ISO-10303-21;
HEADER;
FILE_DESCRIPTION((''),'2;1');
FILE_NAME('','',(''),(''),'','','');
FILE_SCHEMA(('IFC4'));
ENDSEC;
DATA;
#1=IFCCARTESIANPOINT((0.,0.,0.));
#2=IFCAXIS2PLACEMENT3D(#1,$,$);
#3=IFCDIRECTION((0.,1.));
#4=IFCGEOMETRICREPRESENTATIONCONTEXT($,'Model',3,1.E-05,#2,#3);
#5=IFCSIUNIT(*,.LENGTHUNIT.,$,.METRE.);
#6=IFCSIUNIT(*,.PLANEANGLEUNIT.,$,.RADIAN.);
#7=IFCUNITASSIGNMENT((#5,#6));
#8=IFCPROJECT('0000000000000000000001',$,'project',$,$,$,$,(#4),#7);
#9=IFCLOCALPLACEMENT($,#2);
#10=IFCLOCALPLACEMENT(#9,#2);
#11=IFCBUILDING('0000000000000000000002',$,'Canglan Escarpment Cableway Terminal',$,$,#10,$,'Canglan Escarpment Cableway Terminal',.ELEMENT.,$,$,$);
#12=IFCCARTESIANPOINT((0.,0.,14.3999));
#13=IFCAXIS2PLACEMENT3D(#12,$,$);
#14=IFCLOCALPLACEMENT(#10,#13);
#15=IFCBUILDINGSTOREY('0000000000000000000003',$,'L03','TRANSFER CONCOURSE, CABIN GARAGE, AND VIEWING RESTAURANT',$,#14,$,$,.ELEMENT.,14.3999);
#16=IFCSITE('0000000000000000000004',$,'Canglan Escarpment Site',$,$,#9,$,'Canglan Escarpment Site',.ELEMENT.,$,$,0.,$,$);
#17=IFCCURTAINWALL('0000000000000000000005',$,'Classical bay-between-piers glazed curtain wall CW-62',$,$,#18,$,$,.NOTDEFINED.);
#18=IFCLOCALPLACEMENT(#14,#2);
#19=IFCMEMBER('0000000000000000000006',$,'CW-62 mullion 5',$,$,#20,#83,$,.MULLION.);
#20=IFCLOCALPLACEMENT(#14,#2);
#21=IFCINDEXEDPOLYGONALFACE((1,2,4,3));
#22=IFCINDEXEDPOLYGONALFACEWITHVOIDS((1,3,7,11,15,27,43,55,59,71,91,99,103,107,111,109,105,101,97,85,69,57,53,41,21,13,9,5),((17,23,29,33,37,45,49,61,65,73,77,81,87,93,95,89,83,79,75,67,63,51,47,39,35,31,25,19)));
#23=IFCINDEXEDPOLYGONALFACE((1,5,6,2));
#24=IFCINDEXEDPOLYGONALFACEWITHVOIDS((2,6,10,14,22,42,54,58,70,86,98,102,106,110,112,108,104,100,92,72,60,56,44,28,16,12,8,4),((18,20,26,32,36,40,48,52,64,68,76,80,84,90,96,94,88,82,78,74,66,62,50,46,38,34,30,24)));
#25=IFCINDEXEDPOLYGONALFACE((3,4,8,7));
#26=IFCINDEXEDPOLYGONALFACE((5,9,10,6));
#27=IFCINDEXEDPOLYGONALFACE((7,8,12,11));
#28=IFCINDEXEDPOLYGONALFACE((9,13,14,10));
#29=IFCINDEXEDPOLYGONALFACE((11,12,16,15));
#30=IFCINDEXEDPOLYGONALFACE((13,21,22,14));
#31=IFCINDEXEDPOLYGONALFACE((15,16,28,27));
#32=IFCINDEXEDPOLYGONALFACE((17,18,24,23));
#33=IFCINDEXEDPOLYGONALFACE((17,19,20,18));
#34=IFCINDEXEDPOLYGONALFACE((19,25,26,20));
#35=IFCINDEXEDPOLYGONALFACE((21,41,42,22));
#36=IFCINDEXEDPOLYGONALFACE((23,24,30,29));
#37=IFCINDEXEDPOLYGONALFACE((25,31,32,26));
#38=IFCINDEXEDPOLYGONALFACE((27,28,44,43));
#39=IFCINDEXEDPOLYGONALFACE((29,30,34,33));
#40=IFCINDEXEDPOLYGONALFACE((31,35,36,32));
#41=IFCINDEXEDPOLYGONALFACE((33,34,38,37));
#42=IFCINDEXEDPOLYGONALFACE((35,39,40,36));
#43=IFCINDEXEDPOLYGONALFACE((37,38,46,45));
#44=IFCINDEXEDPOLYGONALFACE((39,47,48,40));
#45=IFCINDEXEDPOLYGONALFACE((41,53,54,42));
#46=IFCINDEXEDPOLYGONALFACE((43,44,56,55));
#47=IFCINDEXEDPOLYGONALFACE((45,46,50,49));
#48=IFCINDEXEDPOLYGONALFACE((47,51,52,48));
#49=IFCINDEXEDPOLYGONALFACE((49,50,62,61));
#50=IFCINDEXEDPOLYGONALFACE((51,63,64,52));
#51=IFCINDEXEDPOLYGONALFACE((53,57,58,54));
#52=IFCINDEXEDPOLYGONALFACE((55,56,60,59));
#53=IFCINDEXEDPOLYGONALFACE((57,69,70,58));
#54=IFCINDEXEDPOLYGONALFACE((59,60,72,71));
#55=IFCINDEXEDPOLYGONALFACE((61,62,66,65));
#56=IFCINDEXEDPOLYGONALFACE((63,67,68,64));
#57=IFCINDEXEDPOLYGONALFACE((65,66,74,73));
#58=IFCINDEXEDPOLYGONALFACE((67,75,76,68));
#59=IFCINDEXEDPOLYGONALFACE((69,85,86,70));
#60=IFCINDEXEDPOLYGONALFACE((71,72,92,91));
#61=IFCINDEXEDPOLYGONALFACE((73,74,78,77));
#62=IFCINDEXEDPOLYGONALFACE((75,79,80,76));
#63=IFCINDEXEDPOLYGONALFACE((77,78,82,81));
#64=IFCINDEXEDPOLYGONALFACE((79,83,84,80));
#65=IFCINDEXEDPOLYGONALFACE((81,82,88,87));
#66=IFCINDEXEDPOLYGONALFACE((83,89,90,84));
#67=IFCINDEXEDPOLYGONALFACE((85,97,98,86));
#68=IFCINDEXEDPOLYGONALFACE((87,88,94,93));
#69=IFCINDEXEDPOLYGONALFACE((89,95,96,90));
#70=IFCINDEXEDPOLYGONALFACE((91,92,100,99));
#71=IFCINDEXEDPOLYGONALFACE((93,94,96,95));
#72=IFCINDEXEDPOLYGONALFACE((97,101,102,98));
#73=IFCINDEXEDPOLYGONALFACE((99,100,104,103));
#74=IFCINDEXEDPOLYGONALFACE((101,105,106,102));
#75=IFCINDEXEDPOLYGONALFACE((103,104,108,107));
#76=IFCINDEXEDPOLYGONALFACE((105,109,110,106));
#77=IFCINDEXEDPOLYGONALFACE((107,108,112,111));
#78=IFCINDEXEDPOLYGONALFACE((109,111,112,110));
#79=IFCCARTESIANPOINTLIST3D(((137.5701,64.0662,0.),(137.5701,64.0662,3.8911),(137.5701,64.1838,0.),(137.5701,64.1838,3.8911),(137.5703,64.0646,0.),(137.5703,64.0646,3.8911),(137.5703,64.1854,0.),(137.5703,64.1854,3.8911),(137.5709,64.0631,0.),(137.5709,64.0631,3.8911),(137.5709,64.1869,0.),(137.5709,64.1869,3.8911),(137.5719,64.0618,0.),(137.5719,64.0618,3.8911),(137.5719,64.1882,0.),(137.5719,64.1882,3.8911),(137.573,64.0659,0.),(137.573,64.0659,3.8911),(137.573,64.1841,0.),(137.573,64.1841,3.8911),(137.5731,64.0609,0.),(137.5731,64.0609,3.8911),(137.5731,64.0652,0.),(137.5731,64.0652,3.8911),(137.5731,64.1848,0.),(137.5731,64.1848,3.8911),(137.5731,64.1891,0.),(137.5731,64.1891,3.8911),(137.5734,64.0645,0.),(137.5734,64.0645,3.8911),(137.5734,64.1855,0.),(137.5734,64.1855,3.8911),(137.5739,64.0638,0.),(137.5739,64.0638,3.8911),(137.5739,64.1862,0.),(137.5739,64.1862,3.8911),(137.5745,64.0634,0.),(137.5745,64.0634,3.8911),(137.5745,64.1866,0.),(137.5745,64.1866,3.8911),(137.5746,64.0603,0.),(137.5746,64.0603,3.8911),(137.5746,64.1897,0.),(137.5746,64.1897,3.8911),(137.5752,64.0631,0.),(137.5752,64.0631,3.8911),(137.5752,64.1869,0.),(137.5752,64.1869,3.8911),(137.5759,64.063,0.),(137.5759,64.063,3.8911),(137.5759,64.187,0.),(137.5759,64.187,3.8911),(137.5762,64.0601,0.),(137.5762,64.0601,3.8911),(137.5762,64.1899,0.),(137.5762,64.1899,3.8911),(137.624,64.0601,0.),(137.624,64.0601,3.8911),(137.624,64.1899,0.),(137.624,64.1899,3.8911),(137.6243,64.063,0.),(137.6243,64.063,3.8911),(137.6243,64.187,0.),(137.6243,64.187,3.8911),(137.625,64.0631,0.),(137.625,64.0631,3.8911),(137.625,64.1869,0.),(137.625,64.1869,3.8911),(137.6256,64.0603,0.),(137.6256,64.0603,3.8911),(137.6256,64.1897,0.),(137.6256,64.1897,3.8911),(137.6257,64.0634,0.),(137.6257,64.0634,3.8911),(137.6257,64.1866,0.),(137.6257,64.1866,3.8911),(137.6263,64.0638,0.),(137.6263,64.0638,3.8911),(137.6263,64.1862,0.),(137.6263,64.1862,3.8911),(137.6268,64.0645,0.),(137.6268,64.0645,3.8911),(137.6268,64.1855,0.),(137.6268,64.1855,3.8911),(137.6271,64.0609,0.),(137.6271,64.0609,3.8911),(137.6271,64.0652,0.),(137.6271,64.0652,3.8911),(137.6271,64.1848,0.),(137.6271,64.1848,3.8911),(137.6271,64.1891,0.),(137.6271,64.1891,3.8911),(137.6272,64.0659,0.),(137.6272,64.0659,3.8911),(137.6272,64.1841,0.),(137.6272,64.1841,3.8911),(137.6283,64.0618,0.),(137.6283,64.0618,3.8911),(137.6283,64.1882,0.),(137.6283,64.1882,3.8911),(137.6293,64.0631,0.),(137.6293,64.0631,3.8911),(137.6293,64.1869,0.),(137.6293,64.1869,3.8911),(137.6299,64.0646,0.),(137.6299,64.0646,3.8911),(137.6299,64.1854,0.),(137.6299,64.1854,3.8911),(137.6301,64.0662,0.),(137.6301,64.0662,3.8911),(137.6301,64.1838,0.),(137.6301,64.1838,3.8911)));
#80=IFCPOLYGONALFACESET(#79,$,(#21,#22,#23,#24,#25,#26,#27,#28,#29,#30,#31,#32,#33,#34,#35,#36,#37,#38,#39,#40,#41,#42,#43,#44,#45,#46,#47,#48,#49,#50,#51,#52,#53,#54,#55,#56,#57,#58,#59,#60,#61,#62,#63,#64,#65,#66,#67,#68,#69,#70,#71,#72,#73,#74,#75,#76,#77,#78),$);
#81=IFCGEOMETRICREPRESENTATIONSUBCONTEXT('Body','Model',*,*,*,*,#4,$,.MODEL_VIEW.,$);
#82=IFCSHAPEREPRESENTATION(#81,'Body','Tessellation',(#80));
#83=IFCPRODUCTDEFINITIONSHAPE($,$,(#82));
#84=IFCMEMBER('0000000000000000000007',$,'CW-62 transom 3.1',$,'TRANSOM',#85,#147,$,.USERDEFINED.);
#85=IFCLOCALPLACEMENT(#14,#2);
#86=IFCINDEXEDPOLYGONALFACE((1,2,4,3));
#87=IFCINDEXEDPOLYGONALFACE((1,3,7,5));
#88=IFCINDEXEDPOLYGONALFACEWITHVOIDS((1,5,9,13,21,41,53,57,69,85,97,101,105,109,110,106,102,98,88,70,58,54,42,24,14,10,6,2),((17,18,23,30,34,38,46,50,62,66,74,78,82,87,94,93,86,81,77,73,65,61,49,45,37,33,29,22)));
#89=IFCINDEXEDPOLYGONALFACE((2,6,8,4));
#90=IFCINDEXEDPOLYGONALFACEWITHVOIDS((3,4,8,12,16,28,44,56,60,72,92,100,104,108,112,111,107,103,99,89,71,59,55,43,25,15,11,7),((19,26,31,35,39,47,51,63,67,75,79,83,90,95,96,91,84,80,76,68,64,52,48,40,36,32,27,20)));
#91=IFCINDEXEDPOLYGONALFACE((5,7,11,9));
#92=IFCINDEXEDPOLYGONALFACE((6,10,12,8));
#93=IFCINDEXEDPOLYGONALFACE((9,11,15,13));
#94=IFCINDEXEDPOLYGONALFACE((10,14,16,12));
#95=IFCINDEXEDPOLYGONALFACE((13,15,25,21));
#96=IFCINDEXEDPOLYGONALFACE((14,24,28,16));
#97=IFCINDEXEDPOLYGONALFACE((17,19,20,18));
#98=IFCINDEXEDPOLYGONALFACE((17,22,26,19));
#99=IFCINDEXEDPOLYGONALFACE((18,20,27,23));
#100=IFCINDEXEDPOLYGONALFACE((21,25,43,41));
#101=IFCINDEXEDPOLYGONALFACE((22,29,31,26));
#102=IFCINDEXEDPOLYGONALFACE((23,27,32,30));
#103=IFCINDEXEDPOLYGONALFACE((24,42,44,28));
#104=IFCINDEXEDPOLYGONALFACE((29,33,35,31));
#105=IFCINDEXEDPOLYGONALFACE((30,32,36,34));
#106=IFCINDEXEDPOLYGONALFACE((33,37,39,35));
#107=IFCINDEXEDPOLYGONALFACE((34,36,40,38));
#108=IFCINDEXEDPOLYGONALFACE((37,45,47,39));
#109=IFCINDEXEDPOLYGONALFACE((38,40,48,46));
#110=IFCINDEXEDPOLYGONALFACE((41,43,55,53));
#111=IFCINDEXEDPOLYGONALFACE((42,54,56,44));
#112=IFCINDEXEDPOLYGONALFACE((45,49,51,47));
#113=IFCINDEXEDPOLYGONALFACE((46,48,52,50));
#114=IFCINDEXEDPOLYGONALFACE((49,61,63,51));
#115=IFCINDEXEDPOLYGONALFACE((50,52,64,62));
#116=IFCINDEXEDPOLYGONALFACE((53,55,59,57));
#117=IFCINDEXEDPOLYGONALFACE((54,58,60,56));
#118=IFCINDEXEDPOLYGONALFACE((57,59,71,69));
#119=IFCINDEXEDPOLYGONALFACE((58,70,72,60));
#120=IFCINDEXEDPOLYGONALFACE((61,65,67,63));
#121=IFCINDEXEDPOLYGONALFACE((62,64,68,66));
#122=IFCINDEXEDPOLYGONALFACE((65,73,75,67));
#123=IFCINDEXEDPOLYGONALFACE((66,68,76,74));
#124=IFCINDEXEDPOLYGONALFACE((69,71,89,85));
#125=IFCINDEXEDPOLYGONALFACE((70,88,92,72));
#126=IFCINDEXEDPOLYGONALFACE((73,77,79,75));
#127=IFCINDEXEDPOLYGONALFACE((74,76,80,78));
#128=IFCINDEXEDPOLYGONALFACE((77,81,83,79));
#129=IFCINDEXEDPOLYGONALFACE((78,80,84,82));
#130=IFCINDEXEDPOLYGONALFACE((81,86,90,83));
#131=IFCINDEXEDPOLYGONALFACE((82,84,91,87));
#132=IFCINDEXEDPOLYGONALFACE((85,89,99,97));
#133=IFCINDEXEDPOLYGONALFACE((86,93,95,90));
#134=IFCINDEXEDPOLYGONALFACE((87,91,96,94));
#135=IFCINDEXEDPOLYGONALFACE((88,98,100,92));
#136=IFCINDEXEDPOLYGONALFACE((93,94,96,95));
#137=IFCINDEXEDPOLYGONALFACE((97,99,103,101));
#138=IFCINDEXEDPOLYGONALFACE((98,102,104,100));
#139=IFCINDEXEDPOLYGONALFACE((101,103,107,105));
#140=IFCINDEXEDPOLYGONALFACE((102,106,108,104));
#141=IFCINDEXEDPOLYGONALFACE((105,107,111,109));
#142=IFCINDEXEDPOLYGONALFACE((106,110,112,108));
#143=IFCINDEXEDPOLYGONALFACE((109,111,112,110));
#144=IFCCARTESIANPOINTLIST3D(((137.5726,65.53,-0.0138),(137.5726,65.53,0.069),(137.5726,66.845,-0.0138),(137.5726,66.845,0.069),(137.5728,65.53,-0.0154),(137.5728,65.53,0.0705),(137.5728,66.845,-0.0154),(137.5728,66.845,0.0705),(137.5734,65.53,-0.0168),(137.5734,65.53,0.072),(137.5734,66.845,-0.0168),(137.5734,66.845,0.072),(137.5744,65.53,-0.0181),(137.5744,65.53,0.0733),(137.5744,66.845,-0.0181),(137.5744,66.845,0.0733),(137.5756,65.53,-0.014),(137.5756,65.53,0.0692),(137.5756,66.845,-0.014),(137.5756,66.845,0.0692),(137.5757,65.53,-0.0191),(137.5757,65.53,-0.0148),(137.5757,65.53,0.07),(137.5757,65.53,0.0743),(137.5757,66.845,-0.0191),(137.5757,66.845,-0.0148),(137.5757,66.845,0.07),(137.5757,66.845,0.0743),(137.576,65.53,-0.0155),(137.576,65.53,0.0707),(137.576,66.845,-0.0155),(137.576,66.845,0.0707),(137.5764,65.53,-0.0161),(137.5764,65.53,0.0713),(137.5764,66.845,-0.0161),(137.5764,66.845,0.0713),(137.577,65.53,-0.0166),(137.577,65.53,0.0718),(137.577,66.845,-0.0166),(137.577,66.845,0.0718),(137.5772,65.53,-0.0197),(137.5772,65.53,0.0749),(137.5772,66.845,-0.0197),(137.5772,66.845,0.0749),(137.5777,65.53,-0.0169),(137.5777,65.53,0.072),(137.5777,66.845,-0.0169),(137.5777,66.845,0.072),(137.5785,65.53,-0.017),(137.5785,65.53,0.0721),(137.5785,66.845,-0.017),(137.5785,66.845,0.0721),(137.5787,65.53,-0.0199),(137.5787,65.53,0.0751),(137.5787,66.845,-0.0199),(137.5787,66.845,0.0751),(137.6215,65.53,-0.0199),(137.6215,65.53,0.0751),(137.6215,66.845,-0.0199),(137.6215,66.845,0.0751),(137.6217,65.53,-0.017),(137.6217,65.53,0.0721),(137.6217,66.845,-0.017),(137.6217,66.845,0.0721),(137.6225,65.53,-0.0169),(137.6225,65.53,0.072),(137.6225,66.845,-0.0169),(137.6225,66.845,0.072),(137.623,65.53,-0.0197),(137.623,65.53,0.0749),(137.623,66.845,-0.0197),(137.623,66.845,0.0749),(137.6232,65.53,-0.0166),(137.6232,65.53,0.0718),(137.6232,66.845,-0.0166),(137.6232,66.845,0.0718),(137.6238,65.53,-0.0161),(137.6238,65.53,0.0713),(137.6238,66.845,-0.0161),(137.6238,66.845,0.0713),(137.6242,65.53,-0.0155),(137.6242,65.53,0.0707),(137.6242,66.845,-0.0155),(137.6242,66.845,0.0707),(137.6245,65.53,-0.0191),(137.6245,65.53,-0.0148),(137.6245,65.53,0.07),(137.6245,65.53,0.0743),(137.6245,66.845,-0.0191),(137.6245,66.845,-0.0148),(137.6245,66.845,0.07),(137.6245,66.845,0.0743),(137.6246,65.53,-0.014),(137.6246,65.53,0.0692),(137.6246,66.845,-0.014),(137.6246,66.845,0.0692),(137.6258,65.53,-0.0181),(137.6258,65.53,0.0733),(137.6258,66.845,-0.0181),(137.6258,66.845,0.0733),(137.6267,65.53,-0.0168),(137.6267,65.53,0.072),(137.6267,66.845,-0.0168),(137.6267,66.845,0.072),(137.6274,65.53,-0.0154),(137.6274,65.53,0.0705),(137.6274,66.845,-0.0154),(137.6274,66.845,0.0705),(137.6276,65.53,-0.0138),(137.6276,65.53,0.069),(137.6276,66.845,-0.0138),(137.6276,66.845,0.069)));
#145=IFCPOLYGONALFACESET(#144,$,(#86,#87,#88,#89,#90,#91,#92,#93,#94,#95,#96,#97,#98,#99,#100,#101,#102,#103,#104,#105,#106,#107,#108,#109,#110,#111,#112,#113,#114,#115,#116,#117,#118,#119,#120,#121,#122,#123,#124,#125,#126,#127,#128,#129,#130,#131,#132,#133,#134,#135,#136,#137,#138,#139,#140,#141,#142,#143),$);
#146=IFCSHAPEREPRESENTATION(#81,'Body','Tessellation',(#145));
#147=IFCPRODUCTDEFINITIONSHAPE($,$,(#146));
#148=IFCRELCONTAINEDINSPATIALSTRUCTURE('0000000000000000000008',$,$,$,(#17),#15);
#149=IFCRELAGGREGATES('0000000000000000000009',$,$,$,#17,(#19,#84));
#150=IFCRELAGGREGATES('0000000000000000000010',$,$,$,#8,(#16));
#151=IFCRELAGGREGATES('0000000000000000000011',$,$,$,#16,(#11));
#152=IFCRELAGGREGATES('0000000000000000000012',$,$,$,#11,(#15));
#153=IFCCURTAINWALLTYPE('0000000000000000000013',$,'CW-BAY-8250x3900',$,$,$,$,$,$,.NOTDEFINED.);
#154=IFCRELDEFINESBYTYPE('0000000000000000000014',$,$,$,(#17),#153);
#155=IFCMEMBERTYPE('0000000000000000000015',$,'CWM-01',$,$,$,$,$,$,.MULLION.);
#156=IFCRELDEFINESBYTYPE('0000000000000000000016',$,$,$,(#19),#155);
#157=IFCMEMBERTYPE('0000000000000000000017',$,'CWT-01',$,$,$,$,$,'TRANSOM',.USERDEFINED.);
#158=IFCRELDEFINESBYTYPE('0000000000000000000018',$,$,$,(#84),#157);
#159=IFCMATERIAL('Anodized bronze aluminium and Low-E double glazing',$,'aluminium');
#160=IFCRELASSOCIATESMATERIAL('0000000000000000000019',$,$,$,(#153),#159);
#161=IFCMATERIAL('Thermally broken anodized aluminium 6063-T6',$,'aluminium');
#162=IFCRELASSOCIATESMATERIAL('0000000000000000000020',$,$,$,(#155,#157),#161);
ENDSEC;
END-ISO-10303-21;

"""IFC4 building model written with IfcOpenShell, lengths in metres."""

from ifc_helpers import new_model, si_unit, direction, frame, origin, origin_2d, place, context, subcontext, project, spatial, hollow_rectangle, extrude, material, material_profile, profile_set, type_object, element, aggregate, save


model = new_model("IFC4")

# Units and contexts
model_context = context("Model", 3, precision=1e-05, world=origin(), true_north=direction((0.0, 1.0)))
body_context = subcontext(model_context, "Body", "Model", "MODEL_VIEW")
ifc_project = project(units=[si_unit("LENGTHUNIT", "METRE"), si_unit("PLANEANGLEUNIT", "RADIAN")], contexts=[model_context])

# Site, building, storey
site_placement = place(None, origin())
site = spatial("IfcSite", under=ifc_project, at=site_placement, Name="Canglan Escarpment Site", LongName="Canglan Escarpment Site", CompositionType="ELEMENT", RefElevation=0.0)
building_placement = place(site_placement, origin())
building = spatial("IfcBuilding", under=site, at=building_placement, Name="Canglan Escarpment Cableway Terminal", LongName="Canglan Escarpment Cableway Terminal", CompositionType="ELEMENT")
storey_placement = place(building_placement, frame((0.0, 0.0, 14.3999)))
storey = spatial("IfcBuildingStorey", under=building, at=storey_placement, Name="L03", Description="TRANSFER CONCOURSE, CABIN GARAGE, AND VIEWING RESTAURANT", CompositionType="ELEMENT", Elevation=14.3999)

# Curtain wall, members
ifc_material_1 = material(Name="Anodized bronze aluminium and Low-E double glazing", Category="aluminium")
curtain_wall_type = type_object("IfcCurtainWallType", Name="CW-BAY-8250x3900", PredefinedType="NOTDEFINED", material=ifc_material_1)
curtain_wall_placement = place(storey_placement, origin())
curtain_wall = element("IfcCurtainWall", 1, at=curtain_wall_placement, inside=storey, type_object=curtain_wall_type, Name="Classical bay-between-piers glazed curtain wall CW-62", PredefinedType="NOTDEFINED")
ifc_material_2 = material(Name="Thermally broken anodized aluminium 6063-T6", Category="aluminium")
ifc_material_profile_1 = material_profile(ifc_material_2, hollow_rectangle(XDim=0.0601, YDim=0.1299, WallThickness=0.0029, InnerFilletRadius=0.0029, OuterFilletRadius=0.0061, at=origin_2d()), Name="ALU-MULL 60x130x3")
ifc_profile_set_1 = profile_set([ifc_material_profile_1], Name="Thermally broken anodized aluminium 6063-T6")
member_type_1 = type_object("IfcMemberType", Name="CWM-01", PredefinedType="MULLION", material=ifc_profile_set_1)
member_1_placement = place(storey_placement, frame((137.6001, 64.125, 0.0), z_axis=(0.0, 0.0, 1.0), x_axis=(1.0, 0.0, 0.0)))
member_1 = element("IfcMember", 2, at=member_1_placement, type_object=member_type_1, Name="CW-62 mullion 5", PredefinedType="MULLION", context=body_context, shape_type="SweptSolid", body=[
    extrude(hollow_rectangle(XDim=0.0601, YDim=0.1299, WallThickness=0.0029, InnerFilletRadius=0.0029, OuterFilletRadius=0.0061, at=origin_2d()), origin(), (0.0, 0.0, 1.0), 3.8911),
])
ifc_material_profile_2 = material_profile(ifc_material_2, hollow_rectangle(XDim=0.0549, YDim=0.095, WallThickness=0.0029, InnerFilletRadius=0.0029, OuterFilletRadius=0.0061, at=origin_2d()), Name="ALU-TRAN 55x95x3")
ifc_profile_set_2 = profile_set([ifc_material_profile_2], Name="Thermally broken anodized aluminium 6063-T6")
member_type_2 = type_object("IfcMemberType", Name="CWT-01", ElementType="TRANSOM", PredefinedType="USERDEFINED", material=ifc_profile_set_2)
member_2_placement = place(storey_placement, frame((137.6001, 66.845, 0.0276), z_axis=(0.0, -1.0, 0.0), x_axis=(1.0, 0.0, 0.0)))
member_2 = element("IfcMember", 3, at=member_2_placement, type_object=member_type_2, Name="CW-62 transom 3.1", ObjectType="TRANSOM", PredefinedType="USERDEFINED", context=body_context, shape_type="SweptSolid", body=[
    extrude(hollow_rectangle(XDim=0.0549, YDim=0.095, WallThickness=0.0029, InnerFilletRadius=0.0029, OuterFilletRadius=0.0061, at=origin_2d()), origin(), (0.0, 0.0, 1.0), 1.3149),
])
aggregate(curtain_wall, [member_1, member_2])

save(model, "model.ifc")
